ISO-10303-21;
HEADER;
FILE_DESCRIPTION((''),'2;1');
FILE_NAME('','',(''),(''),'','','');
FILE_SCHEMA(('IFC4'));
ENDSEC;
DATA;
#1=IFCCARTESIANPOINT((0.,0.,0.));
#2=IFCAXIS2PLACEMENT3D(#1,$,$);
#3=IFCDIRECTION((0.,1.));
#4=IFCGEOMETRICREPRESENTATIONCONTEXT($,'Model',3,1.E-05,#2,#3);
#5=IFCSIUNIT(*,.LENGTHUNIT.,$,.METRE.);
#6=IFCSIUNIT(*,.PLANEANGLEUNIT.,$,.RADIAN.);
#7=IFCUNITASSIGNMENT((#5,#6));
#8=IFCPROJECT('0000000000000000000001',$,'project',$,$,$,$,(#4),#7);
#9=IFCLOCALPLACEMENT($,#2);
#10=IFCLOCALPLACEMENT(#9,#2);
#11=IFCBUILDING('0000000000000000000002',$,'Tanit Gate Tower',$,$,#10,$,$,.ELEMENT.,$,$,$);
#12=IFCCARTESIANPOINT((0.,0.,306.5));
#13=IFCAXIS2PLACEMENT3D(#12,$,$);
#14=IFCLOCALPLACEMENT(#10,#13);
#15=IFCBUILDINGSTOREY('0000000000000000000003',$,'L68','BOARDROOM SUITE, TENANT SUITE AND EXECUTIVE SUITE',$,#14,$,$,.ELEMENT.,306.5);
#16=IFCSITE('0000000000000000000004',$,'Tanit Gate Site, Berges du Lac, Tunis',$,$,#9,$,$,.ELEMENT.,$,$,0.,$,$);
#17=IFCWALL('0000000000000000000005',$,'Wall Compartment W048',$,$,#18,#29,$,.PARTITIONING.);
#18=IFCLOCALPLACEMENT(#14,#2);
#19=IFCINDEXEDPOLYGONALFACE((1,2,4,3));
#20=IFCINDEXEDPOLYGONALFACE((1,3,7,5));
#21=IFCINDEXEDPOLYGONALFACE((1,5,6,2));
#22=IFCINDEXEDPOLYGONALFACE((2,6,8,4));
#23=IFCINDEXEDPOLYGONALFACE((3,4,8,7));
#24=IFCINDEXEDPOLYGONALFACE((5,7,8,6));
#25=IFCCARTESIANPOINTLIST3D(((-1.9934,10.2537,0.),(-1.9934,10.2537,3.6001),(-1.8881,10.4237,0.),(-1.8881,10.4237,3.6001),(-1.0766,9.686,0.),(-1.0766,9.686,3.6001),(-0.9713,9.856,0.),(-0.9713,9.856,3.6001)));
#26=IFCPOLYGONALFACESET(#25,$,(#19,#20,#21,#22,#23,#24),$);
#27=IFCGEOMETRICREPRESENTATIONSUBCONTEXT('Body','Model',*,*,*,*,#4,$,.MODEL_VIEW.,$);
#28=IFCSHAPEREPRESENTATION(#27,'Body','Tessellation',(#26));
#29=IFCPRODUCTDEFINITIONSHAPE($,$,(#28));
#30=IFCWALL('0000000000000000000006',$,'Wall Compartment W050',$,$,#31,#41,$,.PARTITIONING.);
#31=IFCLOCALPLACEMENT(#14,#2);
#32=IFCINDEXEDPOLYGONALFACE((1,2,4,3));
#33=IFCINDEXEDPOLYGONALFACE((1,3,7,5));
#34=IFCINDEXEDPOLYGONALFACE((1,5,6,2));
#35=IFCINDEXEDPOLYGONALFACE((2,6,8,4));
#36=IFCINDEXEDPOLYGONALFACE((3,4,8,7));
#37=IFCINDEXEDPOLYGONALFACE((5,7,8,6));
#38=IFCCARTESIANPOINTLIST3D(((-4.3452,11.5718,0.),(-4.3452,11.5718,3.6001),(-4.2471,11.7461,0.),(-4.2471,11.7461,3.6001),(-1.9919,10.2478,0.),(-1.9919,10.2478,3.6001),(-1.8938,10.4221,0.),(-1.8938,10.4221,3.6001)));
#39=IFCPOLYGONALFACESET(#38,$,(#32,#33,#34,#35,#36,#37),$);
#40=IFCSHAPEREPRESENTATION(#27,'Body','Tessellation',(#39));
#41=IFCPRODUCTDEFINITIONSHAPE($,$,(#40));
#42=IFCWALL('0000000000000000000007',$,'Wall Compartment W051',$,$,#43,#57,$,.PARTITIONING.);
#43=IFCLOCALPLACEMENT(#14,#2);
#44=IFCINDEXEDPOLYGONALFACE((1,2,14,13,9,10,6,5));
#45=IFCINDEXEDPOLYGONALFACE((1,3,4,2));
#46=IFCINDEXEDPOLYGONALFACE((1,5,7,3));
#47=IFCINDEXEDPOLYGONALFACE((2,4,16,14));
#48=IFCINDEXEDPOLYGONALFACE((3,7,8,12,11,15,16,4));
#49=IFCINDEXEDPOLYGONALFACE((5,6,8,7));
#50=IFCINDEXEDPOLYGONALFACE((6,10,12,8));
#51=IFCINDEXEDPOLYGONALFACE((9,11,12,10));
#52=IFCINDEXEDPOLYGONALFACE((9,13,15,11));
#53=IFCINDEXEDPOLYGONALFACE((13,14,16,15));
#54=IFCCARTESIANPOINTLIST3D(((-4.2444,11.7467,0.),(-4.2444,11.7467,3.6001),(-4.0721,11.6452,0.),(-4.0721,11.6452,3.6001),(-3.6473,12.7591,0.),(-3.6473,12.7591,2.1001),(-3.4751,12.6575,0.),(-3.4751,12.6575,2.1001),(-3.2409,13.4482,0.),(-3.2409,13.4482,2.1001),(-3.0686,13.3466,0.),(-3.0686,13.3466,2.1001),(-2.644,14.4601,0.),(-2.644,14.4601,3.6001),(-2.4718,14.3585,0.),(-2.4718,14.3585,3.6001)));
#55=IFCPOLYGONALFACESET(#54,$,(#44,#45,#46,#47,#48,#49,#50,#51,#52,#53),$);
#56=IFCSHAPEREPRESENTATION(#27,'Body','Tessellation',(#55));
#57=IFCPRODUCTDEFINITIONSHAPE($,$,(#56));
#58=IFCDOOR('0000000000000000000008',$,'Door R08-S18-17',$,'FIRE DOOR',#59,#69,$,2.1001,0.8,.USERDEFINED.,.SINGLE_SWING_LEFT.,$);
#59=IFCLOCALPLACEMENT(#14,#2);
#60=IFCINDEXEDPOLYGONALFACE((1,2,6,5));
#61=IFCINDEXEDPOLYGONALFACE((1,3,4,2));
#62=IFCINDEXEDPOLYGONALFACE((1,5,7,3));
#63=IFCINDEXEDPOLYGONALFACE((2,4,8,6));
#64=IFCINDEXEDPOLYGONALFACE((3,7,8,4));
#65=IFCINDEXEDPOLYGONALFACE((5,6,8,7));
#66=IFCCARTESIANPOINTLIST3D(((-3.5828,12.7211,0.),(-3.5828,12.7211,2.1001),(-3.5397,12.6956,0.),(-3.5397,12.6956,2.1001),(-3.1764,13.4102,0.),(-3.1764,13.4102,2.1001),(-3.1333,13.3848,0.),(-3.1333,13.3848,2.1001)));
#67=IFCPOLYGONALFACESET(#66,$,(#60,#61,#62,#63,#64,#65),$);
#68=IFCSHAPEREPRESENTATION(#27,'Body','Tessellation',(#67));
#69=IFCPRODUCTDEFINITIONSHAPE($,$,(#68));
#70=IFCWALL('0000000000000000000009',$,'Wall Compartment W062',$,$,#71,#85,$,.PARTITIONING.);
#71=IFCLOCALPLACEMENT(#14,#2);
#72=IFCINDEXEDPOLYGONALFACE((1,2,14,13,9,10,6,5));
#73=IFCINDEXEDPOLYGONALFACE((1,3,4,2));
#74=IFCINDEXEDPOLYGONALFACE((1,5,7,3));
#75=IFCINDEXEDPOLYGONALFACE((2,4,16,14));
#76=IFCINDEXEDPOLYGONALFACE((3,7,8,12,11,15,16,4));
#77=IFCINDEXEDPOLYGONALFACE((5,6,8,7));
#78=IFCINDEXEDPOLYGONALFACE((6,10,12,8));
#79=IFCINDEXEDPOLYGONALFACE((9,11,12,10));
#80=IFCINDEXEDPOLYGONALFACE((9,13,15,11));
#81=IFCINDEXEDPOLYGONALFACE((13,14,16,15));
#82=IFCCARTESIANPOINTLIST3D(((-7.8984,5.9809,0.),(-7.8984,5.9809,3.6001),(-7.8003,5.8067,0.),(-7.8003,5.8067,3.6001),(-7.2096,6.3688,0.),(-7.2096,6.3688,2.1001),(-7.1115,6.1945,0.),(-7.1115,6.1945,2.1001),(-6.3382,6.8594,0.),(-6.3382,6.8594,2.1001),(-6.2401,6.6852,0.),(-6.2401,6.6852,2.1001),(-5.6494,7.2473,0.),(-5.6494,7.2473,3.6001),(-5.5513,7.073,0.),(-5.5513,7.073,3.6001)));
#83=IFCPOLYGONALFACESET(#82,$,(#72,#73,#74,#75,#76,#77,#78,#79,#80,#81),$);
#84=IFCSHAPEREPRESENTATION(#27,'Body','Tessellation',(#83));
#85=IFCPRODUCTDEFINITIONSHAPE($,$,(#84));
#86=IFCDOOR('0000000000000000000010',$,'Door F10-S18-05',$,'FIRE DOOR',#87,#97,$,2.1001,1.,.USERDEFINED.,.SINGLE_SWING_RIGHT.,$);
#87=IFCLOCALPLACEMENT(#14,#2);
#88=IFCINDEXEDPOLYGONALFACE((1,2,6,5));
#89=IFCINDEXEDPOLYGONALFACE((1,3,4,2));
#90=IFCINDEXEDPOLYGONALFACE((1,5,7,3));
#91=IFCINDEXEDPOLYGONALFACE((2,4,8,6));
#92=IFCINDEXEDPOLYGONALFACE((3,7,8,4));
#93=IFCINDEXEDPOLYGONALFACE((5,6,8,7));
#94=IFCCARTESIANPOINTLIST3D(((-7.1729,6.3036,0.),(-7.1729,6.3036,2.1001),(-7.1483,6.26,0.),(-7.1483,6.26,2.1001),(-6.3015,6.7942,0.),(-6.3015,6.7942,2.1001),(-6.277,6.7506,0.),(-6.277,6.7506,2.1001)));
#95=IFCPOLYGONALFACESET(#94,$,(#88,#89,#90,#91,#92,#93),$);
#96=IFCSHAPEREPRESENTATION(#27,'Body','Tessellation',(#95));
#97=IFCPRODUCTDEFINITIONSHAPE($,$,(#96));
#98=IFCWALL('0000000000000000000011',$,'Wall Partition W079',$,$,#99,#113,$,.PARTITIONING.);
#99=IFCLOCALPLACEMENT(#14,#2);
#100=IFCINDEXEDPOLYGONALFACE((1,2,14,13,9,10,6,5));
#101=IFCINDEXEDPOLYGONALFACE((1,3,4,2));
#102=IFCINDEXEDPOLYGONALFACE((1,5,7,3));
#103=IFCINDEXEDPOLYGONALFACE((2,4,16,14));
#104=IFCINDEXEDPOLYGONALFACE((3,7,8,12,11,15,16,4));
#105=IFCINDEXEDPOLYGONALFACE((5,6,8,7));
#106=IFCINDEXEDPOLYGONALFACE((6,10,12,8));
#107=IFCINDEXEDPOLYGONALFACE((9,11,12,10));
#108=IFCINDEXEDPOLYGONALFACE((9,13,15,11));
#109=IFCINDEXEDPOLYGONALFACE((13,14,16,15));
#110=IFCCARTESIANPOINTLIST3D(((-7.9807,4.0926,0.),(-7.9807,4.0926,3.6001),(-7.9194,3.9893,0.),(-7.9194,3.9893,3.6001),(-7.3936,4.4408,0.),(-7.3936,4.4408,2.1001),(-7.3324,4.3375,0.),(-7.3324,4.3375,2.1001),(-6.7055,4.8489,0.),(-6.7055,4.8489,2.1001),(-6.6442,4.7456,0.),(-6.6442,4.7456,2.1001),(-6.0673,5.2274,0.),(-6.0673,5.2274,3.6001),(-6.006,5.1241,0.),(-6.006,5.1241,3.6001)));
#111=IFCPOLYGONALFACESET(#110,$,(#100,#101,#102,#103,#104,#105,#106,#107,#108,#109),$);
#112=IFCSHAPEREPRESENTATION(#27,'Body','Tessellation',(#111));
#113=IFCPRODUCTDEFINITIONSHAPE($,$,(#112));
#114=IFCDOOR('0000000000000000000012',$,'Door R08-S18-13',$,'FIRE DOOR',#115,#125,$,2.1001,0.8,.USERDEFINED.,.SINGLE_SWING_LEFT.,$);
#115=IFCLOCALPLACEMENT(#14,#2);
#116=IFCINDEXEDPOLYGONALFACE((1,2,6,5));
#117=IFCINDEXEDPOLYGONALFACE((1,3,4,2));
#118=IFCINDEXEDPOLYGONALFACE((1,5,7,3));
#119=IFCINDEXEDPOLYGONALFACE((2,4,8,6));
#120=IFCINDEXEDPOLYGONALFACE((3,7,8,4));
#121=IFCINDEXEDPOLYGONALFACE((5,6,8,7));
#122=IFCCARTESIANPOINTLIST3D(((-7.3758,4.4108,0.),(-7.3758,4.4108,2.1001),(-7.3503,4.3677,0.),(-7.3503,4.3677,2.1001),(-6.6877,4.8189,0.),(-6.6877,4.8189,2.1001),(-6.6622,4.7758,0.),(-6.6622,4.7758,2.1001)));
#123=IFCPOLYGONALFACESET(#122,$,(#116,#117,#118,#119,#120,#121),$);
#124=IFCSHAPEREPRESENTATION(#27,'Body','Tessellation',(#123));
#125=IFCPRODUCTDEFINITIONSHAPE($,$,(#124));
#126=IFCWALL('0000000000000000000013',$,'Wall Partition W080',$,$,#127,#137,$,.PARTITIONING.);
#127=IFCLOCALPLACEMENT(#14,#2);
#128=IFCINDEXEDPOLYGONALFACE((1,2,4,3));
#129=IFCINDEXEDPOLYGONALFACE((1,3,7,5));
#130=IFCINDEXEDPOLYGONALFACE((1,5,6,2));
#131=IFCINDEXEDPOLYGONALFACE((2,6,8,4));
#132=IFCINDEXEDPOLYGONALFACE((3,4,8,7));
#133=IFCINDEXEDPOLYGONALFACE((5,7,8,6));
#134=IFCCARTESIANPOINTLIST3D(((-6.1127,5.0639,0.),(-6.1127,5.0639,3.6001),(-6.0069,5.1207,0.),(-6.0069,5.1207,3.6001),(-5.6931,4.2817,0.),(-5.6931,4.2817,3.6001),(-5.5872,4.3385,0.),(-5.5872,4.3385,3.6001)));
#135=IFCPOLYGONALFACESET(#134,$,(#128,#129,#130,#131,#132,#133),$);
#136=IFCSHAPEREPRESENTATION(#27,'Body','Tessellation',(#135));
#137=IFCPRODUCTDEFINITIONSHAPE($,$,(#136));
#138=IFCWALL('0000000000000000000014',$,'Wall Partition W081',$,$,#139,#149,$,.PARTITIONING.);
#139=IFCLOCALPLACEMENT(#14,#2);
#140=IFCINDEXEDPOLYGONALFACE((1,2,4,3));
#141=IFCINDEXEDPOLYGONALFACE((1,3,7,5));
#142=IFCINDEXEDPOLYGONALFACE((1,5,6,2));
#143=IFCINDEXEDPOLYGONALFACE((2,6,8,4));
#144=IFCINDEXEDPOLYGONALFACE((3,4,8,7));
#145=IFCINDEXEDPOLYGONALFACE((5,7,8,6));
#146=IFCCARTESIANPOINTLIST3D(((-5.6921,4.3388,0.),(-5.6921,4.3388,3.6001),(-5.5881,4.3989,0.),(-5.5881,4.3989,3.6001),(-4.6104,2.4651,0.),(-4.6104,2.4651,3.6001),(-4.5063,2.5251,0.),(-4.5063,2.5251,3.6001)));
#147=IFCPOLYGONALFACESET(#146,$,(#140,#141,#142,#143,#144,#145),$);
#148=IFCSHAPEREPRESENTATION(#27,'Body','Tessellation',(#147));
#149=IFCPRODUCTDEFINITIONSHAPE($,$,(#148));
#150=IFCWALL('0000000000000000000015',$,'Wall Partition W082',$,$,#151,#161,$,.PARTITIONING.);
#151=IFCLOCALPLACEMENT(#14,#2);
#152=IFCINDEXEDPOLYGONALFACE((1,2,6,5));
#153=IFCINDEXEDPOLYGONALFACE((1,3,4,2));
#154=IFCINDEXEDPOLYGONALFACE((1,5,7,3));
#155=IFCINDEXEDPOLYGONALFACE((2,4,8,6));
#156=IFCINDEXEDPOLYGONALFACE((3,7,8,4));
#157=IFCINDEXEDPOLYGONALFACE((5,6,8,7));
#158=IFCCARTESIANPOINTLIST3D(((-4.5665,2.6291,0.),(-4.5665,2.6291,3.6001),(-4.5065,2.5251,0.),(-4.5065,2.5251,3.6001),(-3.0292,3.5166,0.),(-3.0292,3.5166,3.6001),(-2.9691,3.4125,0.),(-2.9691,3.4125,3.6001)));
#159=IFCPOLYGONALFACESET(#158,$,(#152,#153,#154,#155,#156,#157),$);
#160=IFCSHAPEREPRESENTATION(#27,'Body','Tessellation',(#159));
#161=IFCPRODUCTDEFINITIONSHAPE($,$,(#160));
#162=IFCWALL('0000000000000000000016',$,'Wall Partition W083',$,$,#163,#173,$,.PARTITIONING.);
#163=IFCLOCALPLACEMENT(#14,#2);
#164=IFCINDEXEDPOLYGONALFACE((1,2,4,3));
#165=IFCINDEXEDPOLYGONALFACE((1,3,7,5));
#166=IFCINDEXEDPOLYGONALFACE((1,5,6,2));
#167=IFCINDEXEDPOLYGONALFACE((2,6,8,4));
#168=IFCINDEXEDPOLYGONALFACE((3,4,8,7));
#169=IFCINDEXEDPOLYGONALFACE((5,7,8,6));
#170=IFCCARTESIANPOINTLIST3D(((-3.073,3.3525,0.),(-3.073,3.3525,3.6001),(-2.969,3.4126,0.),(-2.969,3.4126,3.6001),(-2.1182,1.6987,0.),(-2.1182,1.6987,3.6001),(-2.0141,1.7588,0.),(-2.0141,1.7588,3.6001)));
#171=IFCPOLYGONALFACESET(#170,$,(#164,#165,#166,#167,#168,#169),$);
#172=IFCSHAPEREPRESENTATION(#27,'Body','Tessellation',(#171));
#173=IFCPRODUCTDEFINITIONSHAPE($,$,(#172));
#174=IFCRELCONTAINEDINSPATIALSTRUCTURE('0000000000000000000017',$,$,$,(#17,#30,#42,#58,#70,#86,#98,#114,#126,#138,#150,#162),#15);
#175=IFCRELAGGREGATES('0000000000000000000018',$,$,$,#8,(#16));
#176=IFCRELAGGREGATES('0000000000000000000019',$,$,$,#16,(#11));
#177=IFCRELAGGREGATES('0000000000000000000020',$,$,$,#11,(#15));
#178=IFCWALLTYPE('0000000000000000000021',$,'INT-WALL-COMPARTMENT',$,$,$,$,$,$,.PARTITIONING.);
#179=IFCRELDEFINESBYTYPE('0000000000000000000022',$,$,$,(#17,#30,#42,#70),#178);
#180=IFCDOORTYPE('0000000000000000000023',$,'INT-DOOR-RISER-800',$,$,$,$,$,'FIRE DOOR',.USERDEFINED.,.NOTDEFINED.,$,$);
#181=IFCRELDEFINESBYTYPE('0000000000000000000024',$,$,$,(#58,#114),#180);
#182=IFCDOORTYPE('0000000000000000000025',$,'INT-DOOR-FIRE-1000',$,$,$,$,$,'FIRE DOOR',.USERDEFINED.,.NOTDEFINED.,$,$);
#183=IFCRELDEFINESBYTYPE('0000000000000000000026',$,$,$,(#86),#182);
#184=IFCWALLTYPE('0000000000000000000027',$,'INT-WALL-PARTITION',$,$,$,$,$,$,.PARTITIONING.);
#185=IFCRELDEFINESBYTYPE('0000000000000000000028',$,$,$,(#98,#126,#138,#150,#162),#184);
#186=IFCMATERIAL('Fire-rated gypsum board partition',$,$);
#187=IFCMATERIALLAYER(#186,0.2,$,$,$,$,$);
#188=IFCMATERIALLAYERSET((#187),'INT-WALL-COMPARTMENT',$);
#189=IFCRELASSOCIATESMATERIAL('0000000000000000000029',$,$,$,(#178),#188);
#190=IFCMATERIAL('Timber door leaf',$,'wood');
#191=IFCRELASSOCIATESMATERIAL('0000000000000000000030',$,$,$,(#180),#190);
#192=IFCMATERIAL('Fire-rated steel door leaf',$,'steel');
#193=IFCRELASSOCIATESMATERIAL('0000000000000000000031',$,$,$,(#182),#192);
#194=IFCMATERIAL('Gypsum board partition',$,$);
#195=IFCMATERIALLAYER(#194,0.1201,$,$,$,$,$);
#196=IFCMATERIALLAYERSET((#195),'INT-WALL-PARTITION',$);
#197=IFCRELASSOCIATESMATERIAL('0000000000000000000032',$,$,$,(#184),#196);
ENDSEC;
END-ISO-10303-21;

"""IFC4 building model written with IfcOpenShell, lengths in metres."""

from ifc_helpers import new_model, si_unit, direction, frame, frame_2d, origin, place, context, subcontext, project, spatial, rectangle, extrude, material, layer, layer_set, type_object, element, fill, save


model = new_model("IFC4")

# Units and contexts
model_context = context("Model", 3, precision=1e-05, world=origin(), true_north=direction((0.0, 1.0)))
body_context = subcontext(model_context, "Body", "Model", "MODEL_VIEW")
ifc_project = project(units=[si_unit("LENGTHUNIT", "METRE"), si_unit("PLANEANGLEUNIT", "RADIAN")], contexts=[model_context])

# Site, building, storey
site_placement = place(None, origin())
site = spatial("IfcSite", under=ifc_project, at=site_placement, Name="Tanit Gate Site, Berges du Lac, Tunis", CompositionType="ELEMENT", RefElevation=0.0)
building_placement = place(site_placement, origin())
building = spatial("IfcBuilding", under=site, at=building_placement, Name="Tanit Gate Tower", CompositionType="ELEMENT")
storey_placement = place(building_placement, frame((0.0, 0.0, 306.5)))
storey = spatial("IfcBuildingStorey", under=building, at=storey_placement, Name="L68", Description="BOARDROOM SUITE, TENANT SUITE AND EXECUTIVE SUITE", CompositionType="ELEMENT", Elevation=306.5)

# Walls
ifc_material_1 = material(Name="Fire-rated gypsum board partition")
ifc_layer_1 = layer(ifc_material_1, 0.2)
ifc_layer_set_1 = layer_set([ifc_layer_1], Name="INT-WALL-COMPARTMENT")
wall_type_1 = type_object("IfcWallType", Name="INT-WALL-COMPARTMENT", PredefinedType="PARTITIONING", material=ifc_layer_set_1)
wall_1_placement = place(storey_placement, frame((-1.9407, 10.3386, 0.0), z_axis=(0.0, 0.0, 1.0), x_axis=(0.850217, -0.526433, 0.0)))
element("IfcWall", 1, at=wall_1_placement, inside=storey, type_object=wall_type_1, Name="Wall Compartment W048", PredefinedType="PARTITIONING", context=body_context, shape_type="SweptSolid", body=[
    extrude(rectangle(XDim=1.0784, YDim=0.2, at=frame_2d((0.5391, 0.0))), origin(), (0.0, 0.0, 1.0), 3.6001),
])
wall_2_placement = place(storey_placement, frame((-4.2961, 11.6589, 0.0), z_axis=(0.0, 0.0, 1.0), x_axis=(0.871534, -0.490334, 0.0)))
element("IfcWall", 2, at=wall_2_placement, inside=storey, type_object=wall_type_1, Name="Wall Compartment W050", PredefinedType="PARTITIONING", context=body_context, shape_type="SweptSolid", body=[
    extrude(rectangle(XDim=2.7002, YDim=0.2, at=frame_2d((1.3501, 0.0))), origin(), (0.0, 0.0, 1.0), 3.6001),
])

# Walls, openings, doors
wall_3_placement = place(storey_placement, frame((-2.5579, 14.4094, 0.0), z_axis=(0.0, 0.0, 1.0), x_axis=(-0.508019, -0.861346, 0.0)))
wall_3 = element("IfcWall", 3, at=wall_3_placement, inside=storey, type_object=wall_type_1, Name="Wall Compartment W051", PredefinedType="PARTITIONING", context=body_context, shape_type="SweptSolid", body=[
    extrude(rectangle(XDim=3.1501, YDim=0.2, at=frame_2d((1.5752, 0.0))), origin(), (0.0, 0.0, 1.0), 3.6001),
])
opening_1_placement = place(wall_3_placement, frame((1.175, 0.0, 0.0)))
opening_1 = element("IfcOpeningElement", 4, at=opening_1_placement, cuts=wall_3, PredefinedType="OPENING", context=body_context, shape_type="SweptSolid", body=[
    extrude(rectangle(XDim=0.8, YDim=2.1001, at=frame_2d((0.3999, 1.05))), frame((0.0, 0.1099, 0.0), z_axis=(0.0, -1.0, 0.0), x_axis=(1.0, 0.0, 0.0)), (0.0, 0.0, 1.0), 0.22),
])
ifc_material_2 = material(Name="Timber door leaf", Category="wood")
door_type_1 = type_object("IfcDoorType", Name="INT-DOOR-RISER-800", ElementType="FIRE DOOR", OperationType="NOTDEFINED", PredefinedType="USERDEFINED", material=ifc_material_2)
door_1_placement = place(opening_1_placement, origin())
door_1 = element("IfcDoor", 5, at=door_1_placement, inside=storey, type_object=door_type_1, Name="Door R08-S18-17", ObjectType="FIRE DOOR", OperationType="SINGLE_SWING_LEFT", OverallHeight=2.1001, OverallWidth=0.8, PredefinedType="USERDEFINED", context=body_context, shape_type="SweptSolid", body=[
    extrude(rectangle(XDim=0.8, YDim=2.1001, at=frame_2d((0.3999, 1.05))), frame((0.0, 0.0249, 0.0), z_axis=(0.0, -1.0, 0.0), x_axis=(1.0, 0.0, 0.0)), (0.0, 0.0, 1.0), 0.05),
])
fill(opening_1, door_1)
wall_4_placement = place(storey_placement, frame((-5.6003, 7.1602, 0.0), z_axis=(0.0, 0.0, 1.0), x_axis=(-0.871363, -0.490638, 0.0)))
wall_4 = element("IfcWall", 6, at=wall_4_placement, inside=storey, type_object=wall_type_1, Name="Wall Compartment W062", PredefinedType="PARTITIONING", context=body_context, shape_type="SweptSolid", body=[
    extrude(rectangle(XDim=2.5811, YDim=0.2, at=frame_2d((1.2905, 0.0))), origin(), (0.0, 0.0, 1.0), 3.6001),
])
opening_2_placement = place(wall_4_placement, frame((0.7905, 0.0, 0.0)))
opening_2 = element("IfcOpeningElement", 7, at=opening_2_placement, cuts=wall_4, PredefinedType="OPENING", context=body_context, shape_type="SweptSolid", body=[
    extrude(rectangle(XDim=1.0, YDim=2.1001, at=frame_2d((0.5, 1.05))), frame((0.0, 0.1099, 0.0), z_axis=(0.0, -1.0, 0.0), x_axis=(1.0, 0.0, 0.0)), (0.0, 0.0, 1.0), 0.22),
])
ifc_material_3 = material(Name="Fire-rated steel door leaf", Category="steel")
door_type_2 = type_object("IfcDoorType", Name="INT-DOOR-FIRE-1000", ElementType="FIRE DOOR", OperationType="NOTDEFINED", PredefinedType="USERDEFINED", material=ifc_material_3)
door_2_placement = place(opening_2_placement, origin())
door_2 = element("IfcDoor", 8, at=door_2_placement, inside=storey, type_object=door_type_2, Name="Door F10-S18-05", ObjectType="FIRE DOOR", OperationType="SINGLE_SWING_RIGHT", OverallHeight=2.1001, OverallWidth=1.0, PredefinedType="USERDEFINED", context=body_context, shape_type="SweptSolid", body=[
    extrude(rectangle(XDim=1.0, YDim=2.1001, at=frame_2d((0.5, 1.05))), frame((0.0, 0.0249, 0.0), z_axis=(0.0, -1.0, 0.0), x_axis=(1.0, 0.0, 0.0)), (0.0, 0.0, 1.0), 0.05),
])
fill(opening_2, door_2)
ifc_material_4 = material(Name="Gypsum board partition")
ifc_layer_2 = layer(ifc_material_4, 0.1201)
ifc_layer_set_2 = layer_set([ifc_layer_2], Name="INT-WALL-PARTITION")
wall_type_2 = type_object("IfcWallType", Name="INT-WALL-PARTITION", PredefinedType="PARTITIONING", material=ifc_layer_set_2)
wall_5_placement = place(storey_placement, frame((-6.0366, 5.1758, 0.0), z_axis=(0.0, 0.0, 1.0), x_axis=(-0.860106, -0.510115, 0.0)))
wall_5 = element("IfcWall", 9, at=wall_5_placement, inside=storey, type_object=wall_type_2, Name="Wall Partition W079", PredefinedType="PARTITIONING", context=body_context, shape_type="SweptSolid", body=[
    extrude(rectangle(XDim=2.2246, YDim=0.1201, at=frame_2d((1.1123, 0.0))), origin(), (0.0, 0.0, 1.0), 3.6001),
])
opening_3_placement = place(wall_5_placement, frame((0.7422, 0.0, 0.0)))
opening_3 = element("IfcOpeningElement", 10, at=opening_3_placement, cuts=wall_5, PredefinedType="OPENING", context=body_context, shape_type="SweptSolid", body=[
    extrude(rectangle(XDim=0.8, YDim=2.1001, at=frame_2d((0.3999, 1.05))), frame((0.0, 0.0701, 0.0), z_axis=(0.0, -1.0, 0.0), x_axis=(1.0, 0.0, 0.0)), (0.0, 0.0, 1.0), 0.1401),
])
door_3_placement = place(opening_3_placement, origin())
door_3 = element("IfcDoor", 11, at=door_3_placement, inside=storey, type_object=door_type_1, Name="Door R08-S18-13", ObjectType="FIRE DOOR", OperationType="SINGLE_SWING_LEFT", OverallHeight=2.1001, OverallWidth=0.8, PredefinedType="USERDEFINED", context=body_context, shape_type="SweptSolid", body=[
    extrude(rectangle(XDim=0.8, YDim=2.1001, at=frame_2d((0.3999, 1.05))), frame((0.0, 0.0249, 0.0), z_axis=(0.0, -1.0, 0.0), x_axis=(1.0, 0.0, 0.0)), (0.0, 0.0, 1.0), 0.05),
])
fill(opening_3, door_3)

# Walls
wall_6_placement = place(storey_placement, frame((-5.6401, 4.3101, 0.0), z_axis=(0.0, 0.0, 1.0), x_axis=(-0.472771, 0.881185, 0.0)))
element("IfcWall", 12, at=wall_6_placement, inside=storey, type_object=wall_type_2, Name="Wall Partition W080", PredefinedType="PARTITIONING", context=body_context, shape_type="SweptSolid", body=[
    extrude(rectangle(XDim=0.8877, YDim=0.1201, at=frame_2d((0.4438, 0.0))), origin(), (0.0, 0.0, 1.0), 3.6001),
])
wall_7_placement = place(storey_placement, frame((-4.5583, 2.4951, 0.0), z_axis=(0.0, 0.0, 1.0), x_axis=(-0.499986, 0.866033, 0.0)))
element("IfcWall", 13, at=wall_7_placement, inside=storey, type_object=wall_type_2, Name="Wall Partition W081", PredefinedType="PARTITIONING", context=body_context, shape_type="SweptSolid", body=[
    extrude(rectangle(XDim=2.1636, YDim=0.1201, at=frame_2d((1.0818, 0.0))), origin(), (0.0, 0.0, 1.0), 3.6001),
])
wall_8_placement = place(storey_placement, frame((-2.999, 3.4646, 0.0), z_axis=(0.0, 0.0, 1.0), x_axis=(-0.86606, -0.499941, 0.0)))
element("IfcWall", 14, at=wall_8_placement, inside=storey, type_object=wall_type_2, Name="Wall Partition W082", PredefinedType="PARTITIONING", context=body_context, shape_type="SweptSolid", body=[
    extrude(rectangle(XDim=1.7751, YDim=0.1201, at=frame_2d((0.8877, 0.0))), origin(), (0.0, 0.0, 1.0), 3.6001),
])
wall_9_placement = place(storey_placement, frame((-2.0662, 1.7288, 0.0), z_axis=(0.0, 0.0, 1.0), x_axis=(-0.500003, 0.866024, 0.0)))
element("IfcWall", 15, at=wall_9_placement, inside=storey, type_object=wall_type_2, Name="Wall Partition W083", PredefinedType="PARTITIONING", context=body_context, shape_type="SweptSolid", body=[
    extrude(rectangle(XDim=1.9097, YDim=0.1201, at=frame_2d((0.9548, 0.0))), origin(), (0.0, 0.0, 1.0), 3.6001),
])

save(model, "model.ifc")
